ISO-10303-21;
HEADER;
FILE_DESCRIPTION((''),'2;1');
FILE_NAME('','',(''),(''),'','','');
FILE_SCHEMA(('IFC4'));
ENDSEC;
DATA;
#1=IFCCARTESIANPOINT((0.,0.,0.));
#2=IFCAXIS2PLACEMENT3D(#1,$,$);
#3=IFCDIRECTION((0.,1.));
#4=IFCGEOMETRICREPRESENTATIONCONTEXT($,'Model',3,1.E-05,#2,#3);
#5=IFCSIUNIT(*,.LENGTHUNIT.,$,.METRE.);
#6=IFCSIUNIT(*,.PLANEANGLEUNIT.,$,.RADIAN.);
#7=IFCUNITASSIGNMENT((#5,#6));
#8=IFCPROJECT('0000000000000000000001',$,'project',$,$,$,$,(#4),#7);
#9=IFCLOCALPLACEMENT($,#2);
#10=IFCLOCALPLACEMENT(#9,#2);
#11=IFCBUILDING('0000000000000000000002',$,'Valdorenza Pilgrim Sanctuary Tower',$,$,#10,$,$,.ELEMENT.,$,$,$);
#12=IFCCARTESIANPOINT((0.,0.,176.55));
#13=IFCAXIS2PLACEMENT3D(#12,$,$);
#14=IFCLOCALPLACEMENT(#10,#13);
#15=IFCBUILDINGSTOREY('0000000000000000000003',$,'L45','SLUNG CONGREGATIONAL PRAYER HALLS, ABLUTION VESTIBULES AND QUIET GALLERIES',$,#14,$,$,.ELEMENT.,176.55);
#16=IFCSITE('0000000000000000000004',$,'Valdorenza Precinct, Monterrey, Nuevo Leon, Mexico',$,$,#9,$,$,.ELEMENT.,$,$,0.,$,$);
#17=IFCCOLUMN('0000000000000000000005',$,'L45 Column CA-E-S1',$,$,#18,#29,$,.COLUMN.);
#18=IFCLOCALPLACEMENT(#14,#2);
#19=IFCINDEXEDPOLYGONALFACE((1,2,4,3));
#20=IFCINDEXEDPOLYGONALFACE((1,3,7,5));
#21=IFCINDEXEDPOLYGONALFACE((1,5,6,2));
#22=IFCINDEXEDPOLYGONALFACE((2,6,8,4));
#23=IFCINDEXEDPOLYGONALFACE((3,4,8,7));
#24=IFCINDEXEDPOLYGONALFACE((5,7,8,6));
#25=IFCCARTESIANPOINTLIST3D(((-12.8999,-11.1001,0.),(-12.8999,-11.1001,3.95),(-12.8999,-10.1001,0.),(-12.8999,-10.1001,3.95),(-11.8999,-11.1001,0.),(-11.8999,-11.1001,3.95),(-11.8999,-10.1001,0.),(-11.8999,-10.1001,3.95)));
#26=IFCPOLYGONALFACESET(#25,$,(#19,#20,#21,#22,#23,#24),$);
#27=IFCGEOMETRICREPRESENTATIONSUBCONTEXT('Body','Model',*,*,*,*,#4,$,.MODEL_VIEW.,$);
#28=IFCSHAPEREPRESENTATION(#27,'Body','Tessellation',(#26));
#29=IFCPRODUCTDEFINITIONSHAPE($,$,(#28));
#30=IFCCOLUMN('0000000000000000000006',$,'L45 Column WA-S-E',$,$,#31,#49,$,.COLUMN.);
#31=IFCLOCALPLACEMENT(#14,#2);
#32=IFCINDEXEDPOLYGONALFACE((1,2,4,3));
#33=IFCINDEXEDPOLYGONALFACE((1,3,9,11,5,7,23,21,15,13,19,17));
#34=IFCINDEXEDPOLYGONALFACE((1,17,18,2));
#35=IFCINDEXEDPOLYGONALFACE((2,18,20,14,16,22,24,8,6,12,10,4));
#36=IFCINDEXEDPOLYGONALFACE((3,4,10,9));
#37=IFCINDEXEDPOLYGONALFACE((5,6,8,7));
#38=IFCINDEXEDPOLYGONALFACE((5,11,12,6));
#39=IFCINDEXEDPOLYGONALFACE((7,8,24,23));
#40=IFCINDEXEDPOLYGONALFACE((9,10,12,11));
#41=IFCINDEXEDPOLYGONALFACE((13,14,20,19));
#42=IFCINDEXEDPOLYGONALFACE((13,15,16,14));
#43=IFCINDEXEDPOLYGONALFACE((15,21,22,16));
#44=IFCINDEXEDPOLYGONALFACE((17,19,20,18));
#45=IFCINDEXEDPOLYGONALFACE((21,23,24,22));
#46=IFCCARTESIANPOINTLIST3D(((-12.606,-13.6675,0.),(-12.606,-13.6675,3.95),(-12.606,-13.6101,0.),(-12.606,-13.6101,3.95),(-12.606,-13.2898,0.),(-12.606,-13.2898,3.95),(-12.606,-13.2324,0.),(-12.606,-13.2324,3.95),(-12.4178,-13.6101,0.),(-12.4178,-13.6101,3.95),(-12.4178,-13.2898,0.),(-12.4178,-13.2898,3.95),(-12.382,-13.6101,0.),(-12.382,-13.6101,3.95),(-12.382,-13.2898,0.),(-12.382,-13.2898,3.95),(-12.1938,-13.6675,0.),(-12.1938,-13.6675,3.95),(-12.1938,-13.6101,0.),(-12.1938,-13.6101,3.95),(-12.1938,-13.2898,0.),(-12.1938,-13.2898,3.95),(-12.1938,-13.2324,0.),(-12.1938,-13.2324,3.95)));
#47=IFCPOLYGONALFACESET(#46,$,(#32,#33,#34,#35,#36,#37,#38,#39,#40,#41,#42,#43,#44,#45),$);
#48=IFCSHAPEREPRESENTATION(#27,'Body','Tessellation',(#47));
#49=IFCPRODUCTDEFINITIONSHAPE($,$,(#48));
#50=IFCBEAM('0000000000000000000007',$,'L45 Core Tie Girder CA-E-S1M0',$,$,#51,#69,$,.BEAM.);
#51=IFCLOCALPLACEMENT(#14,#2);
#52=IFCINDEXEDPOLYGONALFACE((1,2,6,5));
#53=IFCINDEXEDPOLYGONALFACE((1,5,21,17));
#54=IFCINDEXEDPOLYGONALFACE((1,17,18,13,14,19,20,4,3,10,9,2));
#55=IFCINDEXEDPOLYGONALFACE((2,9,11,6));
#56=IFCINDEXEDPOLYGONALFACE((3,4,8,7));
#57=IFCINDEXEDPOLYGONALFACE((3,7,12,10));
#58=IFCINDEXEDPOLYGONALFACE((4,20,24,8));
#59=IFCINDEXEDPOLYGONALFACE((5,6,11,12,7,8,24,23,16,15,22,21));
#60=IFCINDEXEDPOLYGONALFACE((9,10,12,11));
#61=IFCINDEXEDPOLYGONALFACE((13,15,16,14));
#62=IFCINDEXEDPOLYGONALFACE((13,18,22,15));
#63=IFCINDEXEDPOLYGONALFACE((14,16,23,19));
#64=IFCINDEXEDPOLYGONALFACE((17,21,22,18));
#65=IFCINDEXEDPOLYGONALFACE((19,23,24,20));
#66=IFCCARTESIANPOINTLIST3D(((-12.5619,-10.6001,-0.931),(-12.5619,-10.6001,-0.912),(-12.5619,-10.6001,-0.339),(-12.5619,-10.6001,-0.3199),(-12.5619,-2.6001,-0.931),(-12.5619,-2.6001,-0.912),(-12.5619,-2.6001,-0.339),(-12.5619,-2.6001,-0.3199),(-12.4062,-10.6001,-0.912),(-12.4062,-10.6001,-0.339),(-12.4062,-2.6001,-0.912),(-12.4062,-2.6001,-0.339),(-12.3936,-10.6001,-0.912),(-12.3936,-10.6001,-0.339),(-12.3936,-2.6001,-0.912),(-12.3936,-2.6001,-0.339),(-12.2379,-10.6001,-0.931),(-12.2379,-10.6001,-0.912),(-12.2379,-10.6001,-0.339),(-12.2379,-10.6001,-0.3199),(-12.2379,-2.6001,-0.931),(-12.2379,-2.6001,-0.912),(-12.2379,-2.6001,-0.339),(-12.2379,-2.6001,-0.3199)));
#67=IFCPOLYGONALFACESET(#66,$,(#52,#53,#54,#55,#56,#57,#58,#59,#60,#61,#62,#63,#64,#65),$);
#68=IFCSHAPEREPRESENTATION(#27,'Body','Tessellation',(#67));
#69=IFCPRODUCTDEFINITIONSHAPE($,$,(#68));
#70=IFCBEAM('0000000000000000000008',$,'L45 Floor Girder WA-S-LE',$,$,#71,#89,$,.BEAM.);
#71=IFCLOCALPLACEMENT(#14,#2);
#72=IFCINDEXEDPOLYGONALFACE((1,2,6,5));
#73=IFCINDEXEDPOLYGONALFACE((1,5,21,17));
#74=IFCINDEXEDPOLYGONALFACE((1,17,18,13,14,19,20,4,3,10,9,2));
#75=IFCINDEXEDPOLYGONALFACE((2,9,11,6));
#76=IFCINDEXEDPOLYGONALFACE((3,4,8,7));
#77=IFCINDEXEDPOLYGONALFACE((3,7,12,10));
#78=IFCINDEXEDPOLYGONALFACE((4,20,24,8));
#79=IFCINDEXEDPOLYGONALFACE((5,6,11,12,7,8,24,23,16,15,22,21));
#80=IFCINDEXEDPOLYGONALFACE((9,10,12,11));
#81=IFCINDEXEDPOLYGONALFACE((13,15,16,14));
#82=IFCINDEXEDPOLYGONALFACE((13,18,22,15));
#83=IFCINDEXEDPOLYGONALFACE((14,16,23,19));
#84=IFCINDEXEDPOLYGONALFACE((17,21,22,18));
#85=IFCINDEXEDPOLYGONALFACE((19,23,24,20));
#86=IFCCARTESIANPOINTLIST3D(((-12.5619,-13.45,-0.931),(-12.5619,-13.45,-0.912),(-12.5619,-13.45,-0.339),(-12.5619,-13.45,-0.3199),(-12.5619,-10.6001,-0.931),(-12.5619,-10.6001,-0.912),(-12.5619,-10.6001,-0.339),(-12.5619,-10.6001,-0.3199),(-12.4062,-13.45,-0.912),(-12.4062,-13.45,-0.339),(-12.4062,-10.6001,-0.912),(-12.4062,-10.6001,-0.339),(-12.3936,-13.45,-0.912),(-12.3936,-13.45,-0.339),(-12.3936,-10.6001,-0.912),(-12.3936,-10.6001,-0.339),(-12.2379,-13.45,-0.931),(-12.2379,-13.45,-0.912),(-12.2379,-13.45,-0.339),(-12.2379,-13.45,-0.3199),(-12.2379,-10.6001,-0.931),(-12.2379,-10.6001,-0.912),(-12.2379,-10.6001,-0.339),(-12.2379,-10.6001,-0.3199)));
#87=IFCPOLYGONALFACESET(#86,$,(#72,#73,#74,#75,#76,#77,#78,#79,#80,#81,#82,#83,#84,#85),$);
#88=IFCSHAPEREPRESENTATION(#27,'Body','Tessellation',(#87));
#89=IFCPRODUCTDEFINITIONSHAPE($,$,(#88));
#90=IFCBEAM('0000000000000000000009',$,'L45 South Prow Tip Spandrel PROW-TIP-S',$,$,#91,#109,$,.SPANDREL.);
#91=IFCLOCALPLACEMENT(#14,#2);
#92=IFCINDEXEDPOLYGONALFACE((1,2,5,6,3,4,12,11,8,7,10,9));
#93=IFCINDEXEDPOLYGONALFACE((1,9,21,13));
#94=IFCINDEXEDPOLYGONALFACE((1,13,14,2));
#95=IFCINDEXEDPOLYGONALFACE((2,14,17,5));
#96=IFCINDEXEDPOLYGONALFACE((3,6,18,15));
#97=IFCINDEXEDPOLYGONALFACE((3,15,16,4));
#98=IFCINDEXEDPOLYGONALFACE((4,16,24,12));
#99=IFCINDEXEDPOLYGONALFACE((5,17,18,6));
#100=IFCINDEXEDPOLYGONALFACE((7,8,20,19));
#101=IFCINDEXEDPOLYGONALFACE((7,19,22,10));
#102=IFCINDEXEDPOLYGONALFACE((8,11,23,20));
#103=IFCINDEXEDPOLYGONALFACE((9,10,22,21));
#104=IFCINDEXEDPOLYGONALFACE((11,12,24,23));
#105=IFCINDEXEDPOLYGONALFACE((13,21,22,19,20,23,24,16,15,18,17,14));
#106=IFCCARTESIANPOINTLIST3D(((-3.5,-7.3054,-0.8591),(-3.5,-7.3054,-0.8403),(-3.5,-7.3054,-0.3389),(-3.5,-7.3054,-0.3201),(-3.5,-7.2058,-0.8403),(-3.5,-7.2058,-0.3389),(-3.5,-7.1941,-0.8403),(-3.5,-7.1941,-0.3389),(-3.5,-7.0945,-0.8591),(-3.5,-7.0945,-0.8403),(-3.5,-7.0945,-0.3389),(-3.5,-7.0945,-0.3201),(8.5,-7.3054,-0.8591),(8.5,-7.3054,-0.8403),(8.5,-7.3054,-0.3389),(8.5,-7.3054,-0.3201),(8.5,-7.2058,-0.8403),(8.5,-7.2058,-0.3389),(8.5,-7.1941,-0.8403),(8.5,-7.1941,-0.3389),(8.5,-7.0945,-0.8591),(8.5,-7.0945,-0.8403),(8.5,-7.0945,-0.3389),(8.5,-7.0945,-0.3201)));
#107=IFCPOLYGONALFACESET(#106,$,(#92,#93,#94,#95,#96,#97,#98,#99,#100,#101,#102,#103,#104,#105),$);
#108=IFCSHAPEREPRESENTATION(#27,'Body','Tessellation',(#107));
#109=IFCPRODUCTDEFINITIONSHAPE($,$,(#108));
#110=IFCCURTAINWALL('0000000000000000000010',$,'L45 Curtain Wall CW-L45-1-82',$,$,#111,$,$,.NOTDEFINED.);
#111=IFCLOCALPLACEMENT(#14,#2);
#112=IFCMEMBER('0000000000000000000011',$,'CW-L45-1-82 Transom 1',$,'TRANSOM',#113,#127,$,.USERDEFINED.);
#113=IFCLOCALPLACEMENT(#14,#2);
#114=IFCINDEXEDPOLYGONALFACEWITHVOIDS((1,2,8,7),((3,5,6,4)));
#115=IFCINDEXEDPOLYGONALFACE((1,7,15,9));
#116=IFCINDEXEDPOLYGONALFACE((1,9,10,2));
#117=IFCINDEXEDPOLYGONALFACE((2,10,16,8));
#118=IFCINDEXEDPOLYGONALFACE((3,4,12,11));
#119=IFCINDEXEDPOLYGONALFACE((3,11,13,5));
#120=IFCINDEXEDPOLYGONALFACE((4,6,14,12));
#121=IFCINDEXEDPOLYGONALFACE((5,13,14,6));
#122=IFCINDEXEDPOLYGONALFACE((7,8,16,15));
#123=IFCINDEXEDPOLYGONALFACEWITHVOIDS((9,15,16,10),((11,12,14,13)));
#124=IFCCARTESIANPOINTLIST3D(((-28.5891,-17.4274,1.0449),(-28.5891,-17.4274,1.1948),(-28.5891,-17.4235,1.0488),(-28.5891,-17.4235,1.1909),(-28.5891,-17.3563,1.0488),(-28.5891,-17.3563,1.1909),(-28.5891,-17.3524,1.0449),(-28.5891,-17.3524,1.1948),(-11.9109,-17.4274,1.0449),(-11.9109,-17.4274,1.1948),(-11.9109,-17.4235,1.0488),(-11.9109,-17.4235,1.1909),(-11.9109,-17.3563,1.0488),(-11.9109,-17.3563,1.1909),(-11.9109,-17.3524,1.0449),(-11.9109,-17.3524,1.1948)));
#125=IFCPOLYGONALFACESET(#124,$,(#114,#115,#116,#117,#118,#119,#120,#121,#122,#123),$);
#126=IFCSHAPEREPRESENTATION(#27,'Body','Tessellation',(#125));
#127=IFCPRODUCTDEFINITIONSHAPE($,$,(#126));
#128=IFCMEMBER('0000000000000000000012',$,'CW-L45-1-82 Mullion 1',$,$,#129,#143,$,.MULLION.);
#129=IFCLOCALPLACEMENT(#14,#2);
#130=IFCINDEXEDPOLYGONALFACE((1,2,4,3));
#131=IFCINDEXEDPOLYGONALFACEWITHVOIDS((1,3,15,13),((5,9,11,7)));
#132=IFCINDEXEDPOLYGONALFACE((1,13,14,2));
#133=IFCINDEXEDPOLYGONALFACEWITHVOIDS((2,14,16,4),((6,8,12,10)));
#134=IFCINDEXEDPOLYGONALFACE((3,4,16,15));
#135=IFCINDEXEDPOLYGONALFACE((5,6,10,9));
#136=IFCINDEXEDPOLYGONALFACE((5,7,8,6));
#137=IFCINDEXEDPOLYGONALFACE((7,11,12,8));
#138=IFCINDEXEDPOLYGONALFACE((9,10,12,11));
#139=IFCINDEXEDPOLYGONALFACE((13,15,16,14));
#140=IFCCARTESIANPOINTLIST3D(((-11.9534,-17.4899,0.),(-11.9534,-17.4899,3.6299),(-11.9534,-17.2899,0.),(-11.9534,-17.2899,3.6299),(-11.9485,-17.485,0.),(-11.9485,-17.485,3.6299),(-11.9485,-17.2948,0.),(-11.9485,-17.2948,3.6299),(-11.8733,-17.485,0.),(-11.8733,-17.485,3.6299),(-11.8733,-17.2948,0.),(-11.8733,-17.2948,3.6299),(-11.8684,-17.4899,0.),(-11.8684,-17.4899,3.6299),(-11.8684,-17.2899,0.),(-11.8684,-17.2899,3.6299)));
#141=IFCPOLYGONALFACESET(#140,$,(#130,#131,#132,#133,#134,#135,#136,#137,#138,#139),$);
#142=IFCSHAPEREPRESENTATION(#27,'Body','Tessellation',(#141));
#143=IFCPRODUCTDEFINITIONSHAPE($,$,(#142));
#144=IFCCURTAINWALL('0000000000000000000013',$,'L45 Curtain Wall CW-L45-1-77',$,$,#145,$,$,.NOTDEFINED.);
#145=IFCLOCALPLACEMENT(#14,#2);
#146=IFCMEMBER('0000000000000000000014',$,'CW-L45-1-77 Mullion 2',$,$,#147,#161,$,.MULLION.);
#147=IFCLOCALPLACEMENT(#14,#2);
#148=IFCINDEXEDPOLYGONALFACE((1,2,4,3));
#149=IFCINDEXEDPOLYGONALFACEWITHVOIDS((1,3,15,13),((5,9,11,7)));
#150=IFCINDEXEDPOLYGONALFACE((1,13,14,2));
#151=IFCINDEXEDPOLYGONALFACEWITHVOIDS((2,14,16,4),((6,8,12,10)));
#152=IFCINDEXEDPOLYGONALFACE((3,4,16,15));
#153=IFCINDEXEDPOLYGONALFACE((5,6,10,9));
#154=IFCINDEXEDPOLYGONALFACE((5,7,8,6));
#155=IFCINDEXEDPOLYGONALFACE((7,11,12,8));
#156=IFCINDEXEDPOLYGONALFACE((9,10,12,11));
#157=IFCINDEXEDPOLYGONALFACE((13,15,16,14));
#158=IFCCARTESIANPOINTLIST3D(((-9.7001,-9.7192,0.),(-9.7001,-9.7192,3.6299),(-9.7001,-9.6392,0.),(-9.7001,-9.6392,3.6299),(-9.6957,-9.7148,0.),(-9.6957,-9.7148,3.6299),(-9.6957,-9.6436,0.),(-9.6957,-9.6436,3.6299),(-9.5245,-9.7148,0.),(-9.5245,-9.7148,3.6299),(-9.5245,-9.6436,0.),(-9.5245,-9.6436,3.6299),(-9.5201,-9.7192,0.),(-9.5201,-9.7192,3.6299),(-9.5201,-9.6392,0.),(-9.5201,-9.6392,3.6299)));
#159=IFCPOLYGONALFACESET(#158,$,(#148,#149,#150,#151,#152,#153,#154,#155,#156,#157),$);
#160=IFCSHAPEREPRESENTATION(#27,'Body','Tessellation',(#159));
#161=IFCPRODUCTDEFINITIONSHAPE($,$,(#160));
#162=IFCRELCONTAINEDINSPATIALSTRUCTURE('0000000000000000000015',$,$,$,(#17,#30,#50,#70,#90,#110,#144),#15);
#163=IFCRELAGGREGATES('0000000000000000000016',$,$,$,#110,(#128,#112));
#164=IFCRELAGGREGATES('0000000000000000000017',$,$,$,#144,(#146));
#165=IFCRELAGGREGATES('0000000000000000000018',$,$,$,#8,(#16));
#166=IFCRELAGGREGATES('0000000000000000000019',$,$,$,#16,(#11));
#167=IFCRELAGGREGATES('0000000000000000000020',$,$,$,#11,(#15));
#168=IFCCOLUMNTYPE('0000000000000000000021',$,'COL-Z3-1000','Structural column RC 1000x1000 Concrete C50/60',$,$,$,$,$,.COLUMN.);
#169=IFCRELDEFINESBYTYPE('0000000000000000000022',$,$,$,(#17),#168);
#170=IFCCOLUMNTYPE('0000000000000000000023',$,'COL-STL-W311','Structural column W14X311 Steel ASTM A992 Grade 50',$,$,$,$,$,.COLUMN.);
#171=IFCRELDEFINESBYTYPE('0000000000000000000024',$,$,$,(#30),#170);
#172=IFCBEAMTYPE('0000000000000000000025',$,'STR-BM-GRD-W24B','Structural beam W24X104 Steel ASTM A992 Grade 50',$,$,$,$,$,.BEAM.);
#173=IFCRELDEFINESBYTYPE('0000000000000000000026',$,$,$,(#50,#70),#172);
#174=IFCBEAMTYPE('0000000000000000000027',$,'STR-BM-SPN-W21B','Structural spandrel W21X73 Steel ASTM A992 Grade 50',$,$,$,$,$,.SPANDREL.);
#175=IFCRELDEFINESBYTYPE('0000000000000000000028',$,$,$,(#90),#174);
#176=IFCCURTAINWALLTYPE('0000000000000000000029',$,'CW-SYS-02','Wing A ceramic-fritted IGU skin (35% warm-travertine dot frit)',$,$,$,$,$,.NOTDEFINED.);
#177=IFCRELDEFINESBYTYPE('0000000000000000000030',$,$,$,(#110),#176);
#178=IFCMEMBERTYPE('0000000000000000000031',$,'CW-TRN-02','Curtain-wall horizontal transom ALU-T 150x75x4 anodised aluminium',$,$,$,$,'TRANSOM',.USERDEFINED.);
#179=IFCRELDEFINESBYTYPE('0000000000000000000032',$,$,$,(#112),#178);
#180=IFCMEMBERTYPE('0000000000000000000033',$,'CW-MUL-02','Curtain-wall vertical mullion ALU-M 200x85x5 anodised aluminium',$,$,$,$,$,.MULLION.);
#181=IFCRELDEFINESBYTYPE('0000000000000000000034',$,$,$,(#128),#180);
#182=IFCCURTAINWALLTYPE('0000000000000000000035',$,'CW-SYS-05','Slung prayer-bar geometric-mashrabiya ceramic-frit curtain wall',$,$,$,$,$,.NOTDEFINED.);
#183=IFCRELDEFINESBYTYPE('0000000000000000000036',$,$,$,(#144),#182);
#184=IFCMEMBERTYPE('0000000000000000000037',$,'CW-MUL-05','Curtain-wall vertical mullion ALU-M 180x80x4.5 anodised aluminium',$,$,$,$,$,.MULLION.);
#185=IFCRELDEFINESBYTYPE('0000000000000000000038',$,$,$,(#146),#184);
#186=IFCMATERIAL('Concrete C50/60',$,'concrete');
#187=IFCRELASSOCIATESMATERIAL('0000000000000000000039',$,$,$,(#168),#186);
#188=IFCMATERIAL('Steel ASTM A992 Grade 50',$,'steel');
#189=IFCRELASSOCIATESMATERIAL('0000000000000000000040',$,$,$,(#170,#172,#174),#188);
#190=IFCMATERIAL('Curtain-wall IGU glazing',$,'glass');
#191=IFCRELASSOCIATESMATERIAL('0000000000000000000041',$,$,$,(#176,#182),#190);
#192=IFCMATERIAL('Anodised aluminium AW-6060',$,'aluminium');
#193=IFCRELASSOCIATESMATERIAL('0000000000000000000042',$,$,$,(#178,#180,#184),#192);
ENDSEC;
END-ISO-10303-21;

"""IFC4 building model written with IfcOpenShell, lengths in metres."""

from ifc_helpers import new_model, si_unit, direction, frame, origin, origin_2d, place, context, subcontext, project, spatial, rectangle, hollow_rectangle, i_section, extrude, source, transform, mapped, material, material_profile, profile_set, type_object, element, aggregate, save


model = new_model("IFC4")

# Units and contexts
model_context = context("Model", 3, precision=1e-05, world=origin(), true_north=direction((0.0, 1.0)))
body_context = subcontext(model_context, "Body", "Model", "MODEL_VIEW")
ifc_project = project(units=[si_unit("LENGTHUNIT", "METRE"), si_unit("PLANEANGLEUNIT", "RADIAN")], contexts=[model_context])

# Site, building, storey
site_placement = place(None, origin())
site = spatial("IfcSite", under=ifc_project, at=site_placement, Name="Valdorenza Precinct, Monterrey, Nuevo Leon, Mexico", CompositionType="ELEMENT", RefElevation=0.0)
building_placement = place(site_placement, origin())
building = spatial("IfcBuilding", under=site, at=building_placement, Name="Valdorenza Pilgrim Sanctuary Tower", CompositionType="ELEMENT")
storey_placement = place(building_placement, frame((0.0, 0.0, 176.55)))
storey = spatial("IfcBuildingStorey", under=building, at=storey_placement, Name="L45", Description="SLUNG CONGREGATIONAL PRAYER HALLS, ABLUTION VESTIBULES AND QUIET GALLERIES", CompositionType="ELEMENT", Elevation=176.55)

# Columns
ifc_material_1 = material(Name="Concrete C50/60", Category="concrete")
ifc_material_profile_1 = material_profile(ifc_material_1, rectangle(XDim=1.0, YDim=1.0, at=origin_2d()), Name="RC 1000x1000")
ifc_profile_set_1 = profile_set([ifc_material_profile_1], Name="Concrete C50/60")
column_type_1 = type_object("IfcColumnType", Name="COL-Z3-1000", Description="Structural column RC 1000x1000 Concrete C50/60", PredefinedType="COLUMN", material=ifc_profile_set_1)
shared_shape_1 = source(origin(), body_context, "Body", "SweptSolid", [
    extrude(rectangle(XDim=1.0, YDim=1.0, at=origin_2d()), origin(), (0.0, 0.0, 1.0), 3.95),
])
column_1_placement = place(storey_placement, frame((-12.3999, -10.6001, 0.0), z_axis=(0.0, 0.0, 1.0), x_axis=(1.0, 0.0, 0.0)))
element("IfcColumn", 1, at=column_1_placement, inside=storey, type_object=column_type_1, Name="L45 Column CA-E-S1", PredefinedType="COLUMN", context=body_context, shape_type="MappedRepresentation", body=[
    mapped(shared_shape_1, transform((0.0, 0.0, 0.0), x_axis=(1.0, 0.0, 0.0), y_axis=(0.0, 1.0, 0.0), z_axis=(0.0, 0.0, 1.0), scale=1.0)),
])
ifc_material_2 = material(Name="Steel ASTM A992 Grade 50", Category="steel")
ifc_material_profile_2 = material_profile(ifc_material_2, i_section(OverallWidth=0.4121, OverallDepth=0.4351, WebThickness=0.0359, FlangeThickness=0.0574, at=origin_2d()), Name="W14X311")
ifc_profile_set_2 = profile_set([ifc_material_profile_2], Name="Steel ASTM A992 Grade 50")
column_type_2 = type_object("IfcColumnType", Name="COL-STL-W311", Description="Structural column W14X311 Steel ASTM A992 Grade 50", PredefinedType="COLUMN", material=ifc_profile_set_2)
shared_shape_2 = source(origin(), body_context, "Body", "SweptSolid", [
    extrude(i_section(OverallWidth=0.4121, OverallDepth=0.4351, WebThickness=0.0359, FlangeThickness=0.0574, at=origin_2d()), origin(), (0.0, 0.0, 1.0), 3.95),
])
column_2_placement = place(storey_placement, frame((-12.3999, -13.45, 0.0), z_axis=(0.0, 0.0, 1.0), x_axis=(1.0, 0.0, 0.0)))
element("IfcColumn", 2, at=column_2_placement, inside=storey, type_object=column_type_2, Name="L45 Column WA-S-E", PredefinedType="COLUMN", context=body_context, shape_type="MappedRepresentation", body=[
    mapped(shared_shape_2, transform((0.0, 0.0, 0.0), x_axis=(1.0, 0.0, 0.0), y_axis=(0.0, 1.0, 0.0), z_axis=(0.0, 0.0, 1.0), scale=1.0)),
])

# Beams
ifc_material_profile_3 = material_profile(ifc_material_2, i_section(OverallWidth=0.324, OverallDepth=0.6111, WebThickness=0.0127, FlangeThickness=0.019, at=origin_2d()), Name="W24X104")
ifc_profile_set_3 = profile_set([ifc_material_profile_3], Name="Steel ASTM A992 Grade 50")
beam_type_1 = type_object("IfcBeamType", Name="STR-BM-GRD-W24B", Description="Structural beam W24X104 Steel ASTM A992 Grade 50", PredefinedType="BEAM", material=ifc_profile_set_3)
shared_shape_3 = source(origin(), body_context, "Body", "SweptSolid", [
    extrude(i_section(OverallWidth=0.324, OverallDepth=0.6111, WebThickness=0.0127, FlangeThickness=0.019, at=origin_2d()), origin(), (0.0, 0.0, 1.0), 8.0),
])
beam_1_placement = place(storey_placement, frame((-12.3999, -10.6001, -0.6255), z_axis=(0.0, 1.0, 0.0), x_axis=(-1.0, 0.0, 0.0)))
element("IfcBeam", 3, at=beam_1_placement, inside=storey, type_object=beam_type_1, Name="L45 Core Tie Girder CA-E-S1M0", PredefinedType="BEAM", context=body_context, shape_type="MappedRepresentation", body=[
    mapped(shared_shape_3, transform((0.0, 0.0, 0.0), x_axis=(1.0, 0.0, 0.0), y_axis=(0.0, 1.0, 0.0), z_axis=(0.0, 0.0, 1.0), scale=1.0)),
])
shared_shape_4 = source(origin(), body_context, "Body", "SweptSolid", [
    extrude(i_section(OverallWidth=0.324, OverallDepth=0.6111, WebThickness=0.0127, FlangeThickness=0.019, at=origin_2d()), origin(), (0.0, 0.0, 1.0), 2.8499),
])
beam_2_placement = place(storey_placement, frame((-12.3999, -13.45, -0.6255), z_axis=(0.0, 1.0, 0.0), x_axis=(-1.0, 0.0, 0.0)))
element("IfcBeam", 4, at=beam_2_placement, inside=storey, type_object=beam_type_1, Name="L45 Floor Girder WA-S-LE", PredefinedType="BEAM", context=body_context, shape_type="MappedRepresentation", body=[
    mapped(shared_shape_4, transform((0.0, 0.0, 0.0), x_axis=(1.0, 0.0, 0.0), y_axis=(0.0, 1.0, 0.0), z_axis=(0.0, 0.0, 1.0), scale=1.0)),
])
ifc_material_profile_4 = material_profile(ifc_material_2, i_section(OverallWidth=0.2109, OverallDepth=0.5391, WebThickness=0.0117, FlangeThickness=0.0188, at=origin_2d()), Name="W21X73")
ifc_profile_set_4 = profile_set([ifc_material_profile_4], Name="Steel ASTM A992 Grade 50")
beam_type_2 = type_object("IfcBeamType", Name="STR-BM-SPN-W21B", Description="Structural spandrel W21X73 Steel ASTM A992 Grade 50", PredefinedType="SPANDREL", material=ifc_profile_set_4)
shared_shape_5 = source(origin(), body_context, "Body", "SweptSolid", [
    extrude(i_section(OverallWidth=0.2109, OverallDepth=0.5391, WebThickness=0.0117, FlangeThickness=0.0188, at=origin_2d()), origin(), (0.0, 0.0, 1.0), 12.0),
])
beam_3_placement = place(storey_placement, frame((-3.5, -7.2, -0.5896), z_axis=(1.0, 0.0, 0.0), x_axis=(0.0, 1.0, 0.0)))
element("IfcBeam", 5, at=beam_3_placement, inside=storey, type_object=beam_type_2, Name="L45 South Prow Tip Spandrel PROW-TIP-S", PredefinedType="SPANDREL", context=body_context, shape_type="MappedRepresentation", body=[
    mapped(shared_shape_5, transform((0.0, 0.0, 0.0), x_axis=(1.0, 0.0, 0.0), y_axis=(0.0, 1.0, 0.0), z_axis=(0.0, 0.0, 1.0), scale=1.0)),
])

# Curtain walls, members
ifc_material_3 = material(Name="Curtain-wall IGU glazing", Category="glass")
curtain_wall_type_1 = type_object("IfcCurtainWallType", Name="CW-SYS-02", Description="Wing A ceramic-fritted IGU skin (35% warm-travertine dot frit)", PredefinedType="NOTDEFINED", material=ifc_material_3)
curtain_wall_1_placement = place(storey_placement, origin())
curtain_wall_1 = element("IfcCurtainWall", 6, at=curtain_wall_1_placement, inside=storey, type_object=curtain_wall_type_1, Name="L45 Curtain Wall CW-L45-1-82", PredefinedType="NOTDEFINED")
ifc_material_4 = material(Name="Anodised aluminium AW-6060", Category="aluminium")
ifc_material_profile_5 = material_profile(ifc_material_4, hollow_rectangle(XDim=0.075, YDim=0.1499, WallThickness=0.0039, at=origin_2d()), Name="ALU-T 150x75x4")
ifc_profile_set_5 = profile_set([ifc_material_profile_5], Name="Anodised aluminium AW-6060")
member_type_1 = type_object("IfcMemberType", Name="CW-TRN-02", Description="Curtain-wall horizontal transom ALU-T 150x75x4 anodised aluminium", ElementType="TRANSOM", PredefinedType="USERDEFINED", material=ifc_profile_set_5)
shared_shape_6 = source(origin(), body_context, "Body", "SweptSolid", [
    extrude(hollow_rectangle(XDim=0.075, YDim=0.1499, WallThickness=0.0039, at=origin_2d()), origin(), (0.0, 0.0, 1.0), 16.6782),
])
member_1_placement = place(storey_placement, frame((-11.9109, -17.3899, 1.1199), z_axis=(-1.0, 0.0, 0.0), x_axis=(0.0, -1.0, 0.0)))
member_1 = element("IfcMember", 7, at=member_1_placement, type_object=member_type_1, Name="CW-L45-1-82 Transom 1", ObjectType="TRANSOM", PredefinedType="USERDEFINED", context=body_context, shape_type="MappedRepresentation", body=[
    mapped(shared_shape_6, transform((0.0, 0.0, 0.0), x_axis=(1.0, 0.0, 0.0), y_axis=(0.0, 1.0, 0.0), z_axis=(0.0, 0.0, 1.0), scale=1.0)),
])
ifc_material_profile_6 = material_profile(ifc_material_4, hollow_rectangle(XDim=0.085, YDim=0.2, WallThickness=0.0049, at=origin_2d()), Name="ALU-M 200x85x5")
ifc_profile_set_6 = profile_set([ifc_material_profile_6], Name="Anodised aluminium AW-6060")
member_type_2 = type_object("IfcMemberType", Name="CW-MUL-02", Description="Curtain-wall vertical mullion ALU-M 200x85x5 anodised aluminium", PredefinedType="MULLION", material=ifc_profile_set_6)
shared_shape_7 = source(origin(), body_context, "Body", "SweptSolid", [
    extrude(hollow_rectangle(XDim=0.085, YDim=0.2, WallThickness=0.0049, at=origin_2d()), origin(), (0.0, 0.0, 1.0), 3.6299),
])
member_2_placement = place(storey_placement, frame((-11.9109, -17.3899, 0.0), z_axis=(0.0, 0.0, 1.0), x_axis=(-1.0, 0.0, 0.0)))
member_2 = element("IfcMember", 8, at=member_2_placement, type_object=member_type_2, Name="CW-L45-1-82 Mullion 1", PredefinedType="MULLION", context=body_context, shape_type="MappedRepresentation", body=[
    mapped(shared_shape_7, transform((0.0, 0.0, 0.0), x_axis=(1.0, 0.0, 0.0), y_axis=(0.0, 1.0, 0.0), z_axis=(0.0, 0.0, 1.0), scale=1.0)),
])
aggregate(curtain_wall_1, [member_2, member_1])
curtain_wall_type_2 = type_object("IfcCurtainWallType", Name="CW-SYS-05", Description="Slung prayer-bar geometric-mashrabiya ceramic-frit curtain wall", PredefinedType="NOTDEFINED", material=ifc_material_3)
curtain_wall_2_placement = place(storey_placement, origin())
curtain_wall_2 = element("IfcCurtainWall", 9, at=curtain_wall_2_placement, inside=storey, type_object=curtain_wall_type_2, Name="L45 Curtain Wall CW-L45-1-77", PredefinedType="NOTDEFINED")
ifc_material_profile_7 = material_profile(ifc_material_4, hollow_rectangle(XDim=0.0801, YDim=0.1799, WallThickness=0.0044, at=origin_2d()), Name="ALU-M 180x80x4.5")
ifc_profile_set_7 = profile_set([ifc_material_profile_7], Name="Anodised aluminium AW-6060")
member_type_3 = type_object("IfcMemberType", Name="CW-MUL-05", Description="Curtain-wall vertical mullion ALU-M 180x80x4.5 anodised aluminium", PredefinedType="MULLION", material=ifc_profile_set_7)
shared_shape_8 = source(origin(), body_context, "Body", "SweptSolid", [
    extrude(hollow_rectangle(XDim=0.0801, YDim=0.1799, WallThickness=0.0044, at=origin_2d()), origin(), (0.0, 0.0, 1.0), 3.6299),
])
member_3_placement = place(storey_placement, frame((-9.6101, -9.6792, 0.0), z_axis=(0.0, 0.0, 1.0), x_axis=(0.0, -1.0, 0.0)))
member_3 = element("IfcMember", 10, at=member_3_placement, type_object=member_type_3, Name="CW-L45-1-77 Mullion 2", PredefinedType="MULLION", context=body_context, shape_type="MappedRepresentation", body=[
    mapped(shared_shape_8, transform((0.0, 0.0, 0.0), x_axis=(1.0, 0.0, 0.0), y_axis=(0.0, 1.0, 0.0), z_axis=(0.0, 0.0, 1.0), scale=1.0)),
])

aggregate(curtain_wall_2, [member_3])

save(model, "model.ifc")
